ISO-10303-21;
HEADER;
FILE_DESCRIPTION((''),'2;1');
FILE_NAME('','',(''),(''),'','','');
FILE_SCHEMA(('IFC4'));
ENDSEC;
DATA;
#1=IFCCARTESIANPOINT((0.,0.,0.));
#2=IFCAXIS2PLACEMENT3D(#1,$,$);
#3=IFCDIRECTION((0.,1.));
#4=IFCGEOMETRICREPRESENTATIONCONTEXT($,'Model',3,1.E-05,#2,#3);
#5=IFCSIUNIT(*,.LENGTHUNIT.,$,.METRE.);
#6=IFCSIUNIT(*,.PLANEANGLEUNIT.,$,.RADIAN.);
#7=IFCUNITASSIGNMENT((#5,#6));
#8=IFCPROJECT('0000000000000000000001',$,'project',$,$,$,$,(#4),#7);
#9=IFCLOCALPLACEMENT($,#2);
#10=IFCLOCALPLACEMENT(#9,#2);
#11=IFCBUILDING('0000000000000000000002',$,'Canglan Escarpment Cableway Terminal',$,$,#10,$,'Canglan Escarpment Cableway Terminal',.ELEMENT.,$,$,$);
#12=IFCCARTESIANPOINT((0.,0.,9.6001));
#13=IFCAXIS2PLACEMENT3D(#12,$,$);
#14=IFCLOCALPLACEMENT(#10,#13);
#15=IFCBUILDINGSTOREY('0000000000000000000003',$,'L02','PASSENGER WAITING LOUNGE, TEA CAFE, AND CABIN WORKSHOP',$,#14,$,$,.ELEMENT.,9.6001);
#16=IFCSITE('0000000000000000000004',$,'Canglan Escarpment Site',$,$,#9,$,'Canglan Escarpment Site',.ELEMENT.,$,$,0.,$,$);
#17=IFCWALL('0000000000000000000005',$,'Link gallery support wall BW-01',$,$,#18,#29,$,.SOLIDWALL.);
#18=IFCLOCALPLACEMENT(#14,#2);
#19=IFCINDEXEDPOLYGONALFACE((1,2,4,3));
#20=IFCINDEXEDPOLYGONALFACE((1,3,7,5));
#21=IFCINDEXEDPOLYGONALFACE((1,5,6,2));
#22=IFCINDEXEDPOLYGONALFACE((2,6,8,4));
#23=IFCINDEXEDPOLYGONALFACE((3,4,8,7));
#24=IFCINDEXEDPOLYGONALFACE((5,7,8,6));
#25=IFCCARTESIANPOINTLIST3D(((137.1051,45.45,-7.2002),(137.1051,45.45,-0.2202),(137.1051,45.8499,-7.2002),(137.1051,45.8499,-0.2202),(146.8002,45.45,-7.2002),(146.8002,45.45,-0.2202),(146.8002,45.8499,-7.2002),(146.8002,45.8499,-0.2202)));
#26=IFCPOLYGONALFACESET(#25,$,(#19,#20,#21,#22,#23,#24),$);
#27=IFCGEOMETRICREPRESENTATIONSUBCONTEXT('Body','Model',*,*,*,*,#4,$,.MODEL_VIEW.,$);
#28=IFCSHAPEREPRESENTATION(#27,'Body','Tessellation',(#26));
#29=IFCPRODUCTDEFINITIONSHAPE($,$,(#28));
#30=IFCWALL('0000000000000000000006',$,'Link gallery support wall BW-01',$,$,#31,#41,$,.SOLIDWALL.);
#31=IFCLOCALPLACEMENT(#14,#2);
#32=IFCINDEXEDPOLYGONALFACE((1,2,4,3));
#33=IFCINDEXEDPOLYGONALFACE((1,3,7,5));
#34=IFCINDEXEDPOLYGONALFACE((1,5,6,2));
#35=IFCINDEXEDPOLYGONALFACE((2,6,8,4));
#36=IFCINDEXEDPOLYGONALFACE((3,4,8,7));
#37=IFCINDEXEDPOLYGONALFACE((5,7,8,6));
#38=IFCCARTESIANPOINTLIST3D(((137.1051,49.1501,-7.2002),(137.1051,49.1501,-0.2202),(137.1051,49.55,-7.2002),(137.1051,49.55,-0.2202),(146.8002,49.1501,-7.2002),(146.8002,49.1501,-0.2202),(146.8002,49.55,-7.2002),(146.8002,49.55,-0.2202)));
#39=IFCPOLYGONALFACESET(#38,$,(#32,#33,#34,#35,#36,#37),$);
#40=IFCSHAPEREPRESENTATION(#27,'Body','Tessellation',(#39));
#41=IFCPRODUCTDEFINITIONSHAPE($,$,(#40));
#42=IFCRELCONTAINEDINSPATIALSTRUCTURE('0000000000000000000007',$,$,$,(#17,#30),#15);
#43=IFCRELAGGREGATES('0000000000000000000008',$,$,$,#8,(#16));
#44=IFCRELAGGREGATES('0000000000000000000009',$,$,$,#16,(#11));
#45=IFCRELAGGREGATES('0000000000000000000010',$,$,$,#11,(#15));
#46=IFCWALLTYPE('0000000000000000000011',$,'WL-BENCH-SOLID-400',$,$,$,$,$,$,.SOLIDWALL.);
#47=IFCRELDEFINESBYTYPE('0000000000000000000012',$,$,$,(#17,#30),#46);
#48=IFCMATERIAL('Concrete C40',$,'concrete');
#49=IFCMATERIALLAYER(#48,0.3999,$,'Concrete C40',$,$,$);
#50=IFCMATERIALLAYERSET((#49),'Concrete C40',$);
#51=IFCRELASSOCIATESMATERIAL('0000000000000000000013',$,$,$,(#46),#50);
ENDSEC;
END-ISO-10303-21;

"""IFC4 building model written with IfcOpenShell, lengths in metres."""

from ifc_helpers import new_model, si_unit, direction, frame, frame_2d, origin, place, context, subcontext, project, spatial, rectangle, extrude, material, layer, layer_set, type_object, element, save


model = new_model("IFC4")

# Units and contexts
model_context = context("Model", 3, precision=1e-05, world=origin(), true_north=direction((0.0, 1.0)))
body_context = subcontext(model_context, "Body", "Model", "MODEL_VIEW")
ifc_project = project(units=[si_unit("LENGTHUNIT", "METRE"), si_unit("PLANEANGLEUNIT", "RADIAN")], contexts=[model_context])

# Site, building, storey
site_placement = place(None, origin())
site = spatial("IfcSite", under=ifc_project, at=site_placement, Name="Canglan Escarpment Site", LongName="Canglan Escarpment Site", CompositionType="ELEMENT", RefElevation=0.0)
building_placement = place(site_placement, origin())
building = spatial("IfcBuilding", under=site, at=building_placement, Name="Canglan Escarpment Cableway Terminal", LongName="Canglan Escarpment Cableway Terminal", CompositionType="ELEMENT")
storey_placement = place(building_placement, frame((0.0, 0.0, 9.6001)))
storey = spatial("IfcBuildingStorey", under=building, at=storey_placement, Name="L02", Description="PASSENGER WAITING LOUNGE, TEA CAFE, AND CABIN WORKSHOP", CompositionType="ELEMENT", Elevation=9.6001)

# Shared definitions
ifc_material_1 = material(Name="Concrete C40", Category="concrete")

# Walls
ifc_layer_1 = layer(ifc_material_1, 0.3999, Name="Concrete C40")
ifc_layer_set_1 = layer_set([ifc_layer_1], Name="Concrete C40")
wall_type = type_object("IfcWallType", Name="WL-BENCH-SOLID-400", PredefinedType="SOLIDWALL", material=ifc_layer_set_1)
for number, where, z_axis, x_axis, name in (
    (1, (137.105, 45.6499, -7.2002), (0.0, 0.0, 1.0), (1.0, 0.0, 0.0), "Link gallery support wall BW-01"),
    (2, (137.105, 49.3501, -7.2002), (0.0, 0.0, 1.0), (1.0, 0.0, 0.0), "Link gallery support wall BW-01"),
):
    element("IfcWall", number, at=place(storey_placement, frame(where, z_axis=z_axis, x_axis=x_axis)), inside=storey, type_object=wall_type, Name=name, PredefinedType="SOLIDWALL", context=body_context, shape_type="SweptSolid", body=[
        extrude(rectangle(XDim=9.6951, YDim=0.3999, at=frame_2d((4.8477, 0.0))), origin(), (0.0, 0.0, 1.0), 6.98),
    ])

save(model, "model.ifc")
